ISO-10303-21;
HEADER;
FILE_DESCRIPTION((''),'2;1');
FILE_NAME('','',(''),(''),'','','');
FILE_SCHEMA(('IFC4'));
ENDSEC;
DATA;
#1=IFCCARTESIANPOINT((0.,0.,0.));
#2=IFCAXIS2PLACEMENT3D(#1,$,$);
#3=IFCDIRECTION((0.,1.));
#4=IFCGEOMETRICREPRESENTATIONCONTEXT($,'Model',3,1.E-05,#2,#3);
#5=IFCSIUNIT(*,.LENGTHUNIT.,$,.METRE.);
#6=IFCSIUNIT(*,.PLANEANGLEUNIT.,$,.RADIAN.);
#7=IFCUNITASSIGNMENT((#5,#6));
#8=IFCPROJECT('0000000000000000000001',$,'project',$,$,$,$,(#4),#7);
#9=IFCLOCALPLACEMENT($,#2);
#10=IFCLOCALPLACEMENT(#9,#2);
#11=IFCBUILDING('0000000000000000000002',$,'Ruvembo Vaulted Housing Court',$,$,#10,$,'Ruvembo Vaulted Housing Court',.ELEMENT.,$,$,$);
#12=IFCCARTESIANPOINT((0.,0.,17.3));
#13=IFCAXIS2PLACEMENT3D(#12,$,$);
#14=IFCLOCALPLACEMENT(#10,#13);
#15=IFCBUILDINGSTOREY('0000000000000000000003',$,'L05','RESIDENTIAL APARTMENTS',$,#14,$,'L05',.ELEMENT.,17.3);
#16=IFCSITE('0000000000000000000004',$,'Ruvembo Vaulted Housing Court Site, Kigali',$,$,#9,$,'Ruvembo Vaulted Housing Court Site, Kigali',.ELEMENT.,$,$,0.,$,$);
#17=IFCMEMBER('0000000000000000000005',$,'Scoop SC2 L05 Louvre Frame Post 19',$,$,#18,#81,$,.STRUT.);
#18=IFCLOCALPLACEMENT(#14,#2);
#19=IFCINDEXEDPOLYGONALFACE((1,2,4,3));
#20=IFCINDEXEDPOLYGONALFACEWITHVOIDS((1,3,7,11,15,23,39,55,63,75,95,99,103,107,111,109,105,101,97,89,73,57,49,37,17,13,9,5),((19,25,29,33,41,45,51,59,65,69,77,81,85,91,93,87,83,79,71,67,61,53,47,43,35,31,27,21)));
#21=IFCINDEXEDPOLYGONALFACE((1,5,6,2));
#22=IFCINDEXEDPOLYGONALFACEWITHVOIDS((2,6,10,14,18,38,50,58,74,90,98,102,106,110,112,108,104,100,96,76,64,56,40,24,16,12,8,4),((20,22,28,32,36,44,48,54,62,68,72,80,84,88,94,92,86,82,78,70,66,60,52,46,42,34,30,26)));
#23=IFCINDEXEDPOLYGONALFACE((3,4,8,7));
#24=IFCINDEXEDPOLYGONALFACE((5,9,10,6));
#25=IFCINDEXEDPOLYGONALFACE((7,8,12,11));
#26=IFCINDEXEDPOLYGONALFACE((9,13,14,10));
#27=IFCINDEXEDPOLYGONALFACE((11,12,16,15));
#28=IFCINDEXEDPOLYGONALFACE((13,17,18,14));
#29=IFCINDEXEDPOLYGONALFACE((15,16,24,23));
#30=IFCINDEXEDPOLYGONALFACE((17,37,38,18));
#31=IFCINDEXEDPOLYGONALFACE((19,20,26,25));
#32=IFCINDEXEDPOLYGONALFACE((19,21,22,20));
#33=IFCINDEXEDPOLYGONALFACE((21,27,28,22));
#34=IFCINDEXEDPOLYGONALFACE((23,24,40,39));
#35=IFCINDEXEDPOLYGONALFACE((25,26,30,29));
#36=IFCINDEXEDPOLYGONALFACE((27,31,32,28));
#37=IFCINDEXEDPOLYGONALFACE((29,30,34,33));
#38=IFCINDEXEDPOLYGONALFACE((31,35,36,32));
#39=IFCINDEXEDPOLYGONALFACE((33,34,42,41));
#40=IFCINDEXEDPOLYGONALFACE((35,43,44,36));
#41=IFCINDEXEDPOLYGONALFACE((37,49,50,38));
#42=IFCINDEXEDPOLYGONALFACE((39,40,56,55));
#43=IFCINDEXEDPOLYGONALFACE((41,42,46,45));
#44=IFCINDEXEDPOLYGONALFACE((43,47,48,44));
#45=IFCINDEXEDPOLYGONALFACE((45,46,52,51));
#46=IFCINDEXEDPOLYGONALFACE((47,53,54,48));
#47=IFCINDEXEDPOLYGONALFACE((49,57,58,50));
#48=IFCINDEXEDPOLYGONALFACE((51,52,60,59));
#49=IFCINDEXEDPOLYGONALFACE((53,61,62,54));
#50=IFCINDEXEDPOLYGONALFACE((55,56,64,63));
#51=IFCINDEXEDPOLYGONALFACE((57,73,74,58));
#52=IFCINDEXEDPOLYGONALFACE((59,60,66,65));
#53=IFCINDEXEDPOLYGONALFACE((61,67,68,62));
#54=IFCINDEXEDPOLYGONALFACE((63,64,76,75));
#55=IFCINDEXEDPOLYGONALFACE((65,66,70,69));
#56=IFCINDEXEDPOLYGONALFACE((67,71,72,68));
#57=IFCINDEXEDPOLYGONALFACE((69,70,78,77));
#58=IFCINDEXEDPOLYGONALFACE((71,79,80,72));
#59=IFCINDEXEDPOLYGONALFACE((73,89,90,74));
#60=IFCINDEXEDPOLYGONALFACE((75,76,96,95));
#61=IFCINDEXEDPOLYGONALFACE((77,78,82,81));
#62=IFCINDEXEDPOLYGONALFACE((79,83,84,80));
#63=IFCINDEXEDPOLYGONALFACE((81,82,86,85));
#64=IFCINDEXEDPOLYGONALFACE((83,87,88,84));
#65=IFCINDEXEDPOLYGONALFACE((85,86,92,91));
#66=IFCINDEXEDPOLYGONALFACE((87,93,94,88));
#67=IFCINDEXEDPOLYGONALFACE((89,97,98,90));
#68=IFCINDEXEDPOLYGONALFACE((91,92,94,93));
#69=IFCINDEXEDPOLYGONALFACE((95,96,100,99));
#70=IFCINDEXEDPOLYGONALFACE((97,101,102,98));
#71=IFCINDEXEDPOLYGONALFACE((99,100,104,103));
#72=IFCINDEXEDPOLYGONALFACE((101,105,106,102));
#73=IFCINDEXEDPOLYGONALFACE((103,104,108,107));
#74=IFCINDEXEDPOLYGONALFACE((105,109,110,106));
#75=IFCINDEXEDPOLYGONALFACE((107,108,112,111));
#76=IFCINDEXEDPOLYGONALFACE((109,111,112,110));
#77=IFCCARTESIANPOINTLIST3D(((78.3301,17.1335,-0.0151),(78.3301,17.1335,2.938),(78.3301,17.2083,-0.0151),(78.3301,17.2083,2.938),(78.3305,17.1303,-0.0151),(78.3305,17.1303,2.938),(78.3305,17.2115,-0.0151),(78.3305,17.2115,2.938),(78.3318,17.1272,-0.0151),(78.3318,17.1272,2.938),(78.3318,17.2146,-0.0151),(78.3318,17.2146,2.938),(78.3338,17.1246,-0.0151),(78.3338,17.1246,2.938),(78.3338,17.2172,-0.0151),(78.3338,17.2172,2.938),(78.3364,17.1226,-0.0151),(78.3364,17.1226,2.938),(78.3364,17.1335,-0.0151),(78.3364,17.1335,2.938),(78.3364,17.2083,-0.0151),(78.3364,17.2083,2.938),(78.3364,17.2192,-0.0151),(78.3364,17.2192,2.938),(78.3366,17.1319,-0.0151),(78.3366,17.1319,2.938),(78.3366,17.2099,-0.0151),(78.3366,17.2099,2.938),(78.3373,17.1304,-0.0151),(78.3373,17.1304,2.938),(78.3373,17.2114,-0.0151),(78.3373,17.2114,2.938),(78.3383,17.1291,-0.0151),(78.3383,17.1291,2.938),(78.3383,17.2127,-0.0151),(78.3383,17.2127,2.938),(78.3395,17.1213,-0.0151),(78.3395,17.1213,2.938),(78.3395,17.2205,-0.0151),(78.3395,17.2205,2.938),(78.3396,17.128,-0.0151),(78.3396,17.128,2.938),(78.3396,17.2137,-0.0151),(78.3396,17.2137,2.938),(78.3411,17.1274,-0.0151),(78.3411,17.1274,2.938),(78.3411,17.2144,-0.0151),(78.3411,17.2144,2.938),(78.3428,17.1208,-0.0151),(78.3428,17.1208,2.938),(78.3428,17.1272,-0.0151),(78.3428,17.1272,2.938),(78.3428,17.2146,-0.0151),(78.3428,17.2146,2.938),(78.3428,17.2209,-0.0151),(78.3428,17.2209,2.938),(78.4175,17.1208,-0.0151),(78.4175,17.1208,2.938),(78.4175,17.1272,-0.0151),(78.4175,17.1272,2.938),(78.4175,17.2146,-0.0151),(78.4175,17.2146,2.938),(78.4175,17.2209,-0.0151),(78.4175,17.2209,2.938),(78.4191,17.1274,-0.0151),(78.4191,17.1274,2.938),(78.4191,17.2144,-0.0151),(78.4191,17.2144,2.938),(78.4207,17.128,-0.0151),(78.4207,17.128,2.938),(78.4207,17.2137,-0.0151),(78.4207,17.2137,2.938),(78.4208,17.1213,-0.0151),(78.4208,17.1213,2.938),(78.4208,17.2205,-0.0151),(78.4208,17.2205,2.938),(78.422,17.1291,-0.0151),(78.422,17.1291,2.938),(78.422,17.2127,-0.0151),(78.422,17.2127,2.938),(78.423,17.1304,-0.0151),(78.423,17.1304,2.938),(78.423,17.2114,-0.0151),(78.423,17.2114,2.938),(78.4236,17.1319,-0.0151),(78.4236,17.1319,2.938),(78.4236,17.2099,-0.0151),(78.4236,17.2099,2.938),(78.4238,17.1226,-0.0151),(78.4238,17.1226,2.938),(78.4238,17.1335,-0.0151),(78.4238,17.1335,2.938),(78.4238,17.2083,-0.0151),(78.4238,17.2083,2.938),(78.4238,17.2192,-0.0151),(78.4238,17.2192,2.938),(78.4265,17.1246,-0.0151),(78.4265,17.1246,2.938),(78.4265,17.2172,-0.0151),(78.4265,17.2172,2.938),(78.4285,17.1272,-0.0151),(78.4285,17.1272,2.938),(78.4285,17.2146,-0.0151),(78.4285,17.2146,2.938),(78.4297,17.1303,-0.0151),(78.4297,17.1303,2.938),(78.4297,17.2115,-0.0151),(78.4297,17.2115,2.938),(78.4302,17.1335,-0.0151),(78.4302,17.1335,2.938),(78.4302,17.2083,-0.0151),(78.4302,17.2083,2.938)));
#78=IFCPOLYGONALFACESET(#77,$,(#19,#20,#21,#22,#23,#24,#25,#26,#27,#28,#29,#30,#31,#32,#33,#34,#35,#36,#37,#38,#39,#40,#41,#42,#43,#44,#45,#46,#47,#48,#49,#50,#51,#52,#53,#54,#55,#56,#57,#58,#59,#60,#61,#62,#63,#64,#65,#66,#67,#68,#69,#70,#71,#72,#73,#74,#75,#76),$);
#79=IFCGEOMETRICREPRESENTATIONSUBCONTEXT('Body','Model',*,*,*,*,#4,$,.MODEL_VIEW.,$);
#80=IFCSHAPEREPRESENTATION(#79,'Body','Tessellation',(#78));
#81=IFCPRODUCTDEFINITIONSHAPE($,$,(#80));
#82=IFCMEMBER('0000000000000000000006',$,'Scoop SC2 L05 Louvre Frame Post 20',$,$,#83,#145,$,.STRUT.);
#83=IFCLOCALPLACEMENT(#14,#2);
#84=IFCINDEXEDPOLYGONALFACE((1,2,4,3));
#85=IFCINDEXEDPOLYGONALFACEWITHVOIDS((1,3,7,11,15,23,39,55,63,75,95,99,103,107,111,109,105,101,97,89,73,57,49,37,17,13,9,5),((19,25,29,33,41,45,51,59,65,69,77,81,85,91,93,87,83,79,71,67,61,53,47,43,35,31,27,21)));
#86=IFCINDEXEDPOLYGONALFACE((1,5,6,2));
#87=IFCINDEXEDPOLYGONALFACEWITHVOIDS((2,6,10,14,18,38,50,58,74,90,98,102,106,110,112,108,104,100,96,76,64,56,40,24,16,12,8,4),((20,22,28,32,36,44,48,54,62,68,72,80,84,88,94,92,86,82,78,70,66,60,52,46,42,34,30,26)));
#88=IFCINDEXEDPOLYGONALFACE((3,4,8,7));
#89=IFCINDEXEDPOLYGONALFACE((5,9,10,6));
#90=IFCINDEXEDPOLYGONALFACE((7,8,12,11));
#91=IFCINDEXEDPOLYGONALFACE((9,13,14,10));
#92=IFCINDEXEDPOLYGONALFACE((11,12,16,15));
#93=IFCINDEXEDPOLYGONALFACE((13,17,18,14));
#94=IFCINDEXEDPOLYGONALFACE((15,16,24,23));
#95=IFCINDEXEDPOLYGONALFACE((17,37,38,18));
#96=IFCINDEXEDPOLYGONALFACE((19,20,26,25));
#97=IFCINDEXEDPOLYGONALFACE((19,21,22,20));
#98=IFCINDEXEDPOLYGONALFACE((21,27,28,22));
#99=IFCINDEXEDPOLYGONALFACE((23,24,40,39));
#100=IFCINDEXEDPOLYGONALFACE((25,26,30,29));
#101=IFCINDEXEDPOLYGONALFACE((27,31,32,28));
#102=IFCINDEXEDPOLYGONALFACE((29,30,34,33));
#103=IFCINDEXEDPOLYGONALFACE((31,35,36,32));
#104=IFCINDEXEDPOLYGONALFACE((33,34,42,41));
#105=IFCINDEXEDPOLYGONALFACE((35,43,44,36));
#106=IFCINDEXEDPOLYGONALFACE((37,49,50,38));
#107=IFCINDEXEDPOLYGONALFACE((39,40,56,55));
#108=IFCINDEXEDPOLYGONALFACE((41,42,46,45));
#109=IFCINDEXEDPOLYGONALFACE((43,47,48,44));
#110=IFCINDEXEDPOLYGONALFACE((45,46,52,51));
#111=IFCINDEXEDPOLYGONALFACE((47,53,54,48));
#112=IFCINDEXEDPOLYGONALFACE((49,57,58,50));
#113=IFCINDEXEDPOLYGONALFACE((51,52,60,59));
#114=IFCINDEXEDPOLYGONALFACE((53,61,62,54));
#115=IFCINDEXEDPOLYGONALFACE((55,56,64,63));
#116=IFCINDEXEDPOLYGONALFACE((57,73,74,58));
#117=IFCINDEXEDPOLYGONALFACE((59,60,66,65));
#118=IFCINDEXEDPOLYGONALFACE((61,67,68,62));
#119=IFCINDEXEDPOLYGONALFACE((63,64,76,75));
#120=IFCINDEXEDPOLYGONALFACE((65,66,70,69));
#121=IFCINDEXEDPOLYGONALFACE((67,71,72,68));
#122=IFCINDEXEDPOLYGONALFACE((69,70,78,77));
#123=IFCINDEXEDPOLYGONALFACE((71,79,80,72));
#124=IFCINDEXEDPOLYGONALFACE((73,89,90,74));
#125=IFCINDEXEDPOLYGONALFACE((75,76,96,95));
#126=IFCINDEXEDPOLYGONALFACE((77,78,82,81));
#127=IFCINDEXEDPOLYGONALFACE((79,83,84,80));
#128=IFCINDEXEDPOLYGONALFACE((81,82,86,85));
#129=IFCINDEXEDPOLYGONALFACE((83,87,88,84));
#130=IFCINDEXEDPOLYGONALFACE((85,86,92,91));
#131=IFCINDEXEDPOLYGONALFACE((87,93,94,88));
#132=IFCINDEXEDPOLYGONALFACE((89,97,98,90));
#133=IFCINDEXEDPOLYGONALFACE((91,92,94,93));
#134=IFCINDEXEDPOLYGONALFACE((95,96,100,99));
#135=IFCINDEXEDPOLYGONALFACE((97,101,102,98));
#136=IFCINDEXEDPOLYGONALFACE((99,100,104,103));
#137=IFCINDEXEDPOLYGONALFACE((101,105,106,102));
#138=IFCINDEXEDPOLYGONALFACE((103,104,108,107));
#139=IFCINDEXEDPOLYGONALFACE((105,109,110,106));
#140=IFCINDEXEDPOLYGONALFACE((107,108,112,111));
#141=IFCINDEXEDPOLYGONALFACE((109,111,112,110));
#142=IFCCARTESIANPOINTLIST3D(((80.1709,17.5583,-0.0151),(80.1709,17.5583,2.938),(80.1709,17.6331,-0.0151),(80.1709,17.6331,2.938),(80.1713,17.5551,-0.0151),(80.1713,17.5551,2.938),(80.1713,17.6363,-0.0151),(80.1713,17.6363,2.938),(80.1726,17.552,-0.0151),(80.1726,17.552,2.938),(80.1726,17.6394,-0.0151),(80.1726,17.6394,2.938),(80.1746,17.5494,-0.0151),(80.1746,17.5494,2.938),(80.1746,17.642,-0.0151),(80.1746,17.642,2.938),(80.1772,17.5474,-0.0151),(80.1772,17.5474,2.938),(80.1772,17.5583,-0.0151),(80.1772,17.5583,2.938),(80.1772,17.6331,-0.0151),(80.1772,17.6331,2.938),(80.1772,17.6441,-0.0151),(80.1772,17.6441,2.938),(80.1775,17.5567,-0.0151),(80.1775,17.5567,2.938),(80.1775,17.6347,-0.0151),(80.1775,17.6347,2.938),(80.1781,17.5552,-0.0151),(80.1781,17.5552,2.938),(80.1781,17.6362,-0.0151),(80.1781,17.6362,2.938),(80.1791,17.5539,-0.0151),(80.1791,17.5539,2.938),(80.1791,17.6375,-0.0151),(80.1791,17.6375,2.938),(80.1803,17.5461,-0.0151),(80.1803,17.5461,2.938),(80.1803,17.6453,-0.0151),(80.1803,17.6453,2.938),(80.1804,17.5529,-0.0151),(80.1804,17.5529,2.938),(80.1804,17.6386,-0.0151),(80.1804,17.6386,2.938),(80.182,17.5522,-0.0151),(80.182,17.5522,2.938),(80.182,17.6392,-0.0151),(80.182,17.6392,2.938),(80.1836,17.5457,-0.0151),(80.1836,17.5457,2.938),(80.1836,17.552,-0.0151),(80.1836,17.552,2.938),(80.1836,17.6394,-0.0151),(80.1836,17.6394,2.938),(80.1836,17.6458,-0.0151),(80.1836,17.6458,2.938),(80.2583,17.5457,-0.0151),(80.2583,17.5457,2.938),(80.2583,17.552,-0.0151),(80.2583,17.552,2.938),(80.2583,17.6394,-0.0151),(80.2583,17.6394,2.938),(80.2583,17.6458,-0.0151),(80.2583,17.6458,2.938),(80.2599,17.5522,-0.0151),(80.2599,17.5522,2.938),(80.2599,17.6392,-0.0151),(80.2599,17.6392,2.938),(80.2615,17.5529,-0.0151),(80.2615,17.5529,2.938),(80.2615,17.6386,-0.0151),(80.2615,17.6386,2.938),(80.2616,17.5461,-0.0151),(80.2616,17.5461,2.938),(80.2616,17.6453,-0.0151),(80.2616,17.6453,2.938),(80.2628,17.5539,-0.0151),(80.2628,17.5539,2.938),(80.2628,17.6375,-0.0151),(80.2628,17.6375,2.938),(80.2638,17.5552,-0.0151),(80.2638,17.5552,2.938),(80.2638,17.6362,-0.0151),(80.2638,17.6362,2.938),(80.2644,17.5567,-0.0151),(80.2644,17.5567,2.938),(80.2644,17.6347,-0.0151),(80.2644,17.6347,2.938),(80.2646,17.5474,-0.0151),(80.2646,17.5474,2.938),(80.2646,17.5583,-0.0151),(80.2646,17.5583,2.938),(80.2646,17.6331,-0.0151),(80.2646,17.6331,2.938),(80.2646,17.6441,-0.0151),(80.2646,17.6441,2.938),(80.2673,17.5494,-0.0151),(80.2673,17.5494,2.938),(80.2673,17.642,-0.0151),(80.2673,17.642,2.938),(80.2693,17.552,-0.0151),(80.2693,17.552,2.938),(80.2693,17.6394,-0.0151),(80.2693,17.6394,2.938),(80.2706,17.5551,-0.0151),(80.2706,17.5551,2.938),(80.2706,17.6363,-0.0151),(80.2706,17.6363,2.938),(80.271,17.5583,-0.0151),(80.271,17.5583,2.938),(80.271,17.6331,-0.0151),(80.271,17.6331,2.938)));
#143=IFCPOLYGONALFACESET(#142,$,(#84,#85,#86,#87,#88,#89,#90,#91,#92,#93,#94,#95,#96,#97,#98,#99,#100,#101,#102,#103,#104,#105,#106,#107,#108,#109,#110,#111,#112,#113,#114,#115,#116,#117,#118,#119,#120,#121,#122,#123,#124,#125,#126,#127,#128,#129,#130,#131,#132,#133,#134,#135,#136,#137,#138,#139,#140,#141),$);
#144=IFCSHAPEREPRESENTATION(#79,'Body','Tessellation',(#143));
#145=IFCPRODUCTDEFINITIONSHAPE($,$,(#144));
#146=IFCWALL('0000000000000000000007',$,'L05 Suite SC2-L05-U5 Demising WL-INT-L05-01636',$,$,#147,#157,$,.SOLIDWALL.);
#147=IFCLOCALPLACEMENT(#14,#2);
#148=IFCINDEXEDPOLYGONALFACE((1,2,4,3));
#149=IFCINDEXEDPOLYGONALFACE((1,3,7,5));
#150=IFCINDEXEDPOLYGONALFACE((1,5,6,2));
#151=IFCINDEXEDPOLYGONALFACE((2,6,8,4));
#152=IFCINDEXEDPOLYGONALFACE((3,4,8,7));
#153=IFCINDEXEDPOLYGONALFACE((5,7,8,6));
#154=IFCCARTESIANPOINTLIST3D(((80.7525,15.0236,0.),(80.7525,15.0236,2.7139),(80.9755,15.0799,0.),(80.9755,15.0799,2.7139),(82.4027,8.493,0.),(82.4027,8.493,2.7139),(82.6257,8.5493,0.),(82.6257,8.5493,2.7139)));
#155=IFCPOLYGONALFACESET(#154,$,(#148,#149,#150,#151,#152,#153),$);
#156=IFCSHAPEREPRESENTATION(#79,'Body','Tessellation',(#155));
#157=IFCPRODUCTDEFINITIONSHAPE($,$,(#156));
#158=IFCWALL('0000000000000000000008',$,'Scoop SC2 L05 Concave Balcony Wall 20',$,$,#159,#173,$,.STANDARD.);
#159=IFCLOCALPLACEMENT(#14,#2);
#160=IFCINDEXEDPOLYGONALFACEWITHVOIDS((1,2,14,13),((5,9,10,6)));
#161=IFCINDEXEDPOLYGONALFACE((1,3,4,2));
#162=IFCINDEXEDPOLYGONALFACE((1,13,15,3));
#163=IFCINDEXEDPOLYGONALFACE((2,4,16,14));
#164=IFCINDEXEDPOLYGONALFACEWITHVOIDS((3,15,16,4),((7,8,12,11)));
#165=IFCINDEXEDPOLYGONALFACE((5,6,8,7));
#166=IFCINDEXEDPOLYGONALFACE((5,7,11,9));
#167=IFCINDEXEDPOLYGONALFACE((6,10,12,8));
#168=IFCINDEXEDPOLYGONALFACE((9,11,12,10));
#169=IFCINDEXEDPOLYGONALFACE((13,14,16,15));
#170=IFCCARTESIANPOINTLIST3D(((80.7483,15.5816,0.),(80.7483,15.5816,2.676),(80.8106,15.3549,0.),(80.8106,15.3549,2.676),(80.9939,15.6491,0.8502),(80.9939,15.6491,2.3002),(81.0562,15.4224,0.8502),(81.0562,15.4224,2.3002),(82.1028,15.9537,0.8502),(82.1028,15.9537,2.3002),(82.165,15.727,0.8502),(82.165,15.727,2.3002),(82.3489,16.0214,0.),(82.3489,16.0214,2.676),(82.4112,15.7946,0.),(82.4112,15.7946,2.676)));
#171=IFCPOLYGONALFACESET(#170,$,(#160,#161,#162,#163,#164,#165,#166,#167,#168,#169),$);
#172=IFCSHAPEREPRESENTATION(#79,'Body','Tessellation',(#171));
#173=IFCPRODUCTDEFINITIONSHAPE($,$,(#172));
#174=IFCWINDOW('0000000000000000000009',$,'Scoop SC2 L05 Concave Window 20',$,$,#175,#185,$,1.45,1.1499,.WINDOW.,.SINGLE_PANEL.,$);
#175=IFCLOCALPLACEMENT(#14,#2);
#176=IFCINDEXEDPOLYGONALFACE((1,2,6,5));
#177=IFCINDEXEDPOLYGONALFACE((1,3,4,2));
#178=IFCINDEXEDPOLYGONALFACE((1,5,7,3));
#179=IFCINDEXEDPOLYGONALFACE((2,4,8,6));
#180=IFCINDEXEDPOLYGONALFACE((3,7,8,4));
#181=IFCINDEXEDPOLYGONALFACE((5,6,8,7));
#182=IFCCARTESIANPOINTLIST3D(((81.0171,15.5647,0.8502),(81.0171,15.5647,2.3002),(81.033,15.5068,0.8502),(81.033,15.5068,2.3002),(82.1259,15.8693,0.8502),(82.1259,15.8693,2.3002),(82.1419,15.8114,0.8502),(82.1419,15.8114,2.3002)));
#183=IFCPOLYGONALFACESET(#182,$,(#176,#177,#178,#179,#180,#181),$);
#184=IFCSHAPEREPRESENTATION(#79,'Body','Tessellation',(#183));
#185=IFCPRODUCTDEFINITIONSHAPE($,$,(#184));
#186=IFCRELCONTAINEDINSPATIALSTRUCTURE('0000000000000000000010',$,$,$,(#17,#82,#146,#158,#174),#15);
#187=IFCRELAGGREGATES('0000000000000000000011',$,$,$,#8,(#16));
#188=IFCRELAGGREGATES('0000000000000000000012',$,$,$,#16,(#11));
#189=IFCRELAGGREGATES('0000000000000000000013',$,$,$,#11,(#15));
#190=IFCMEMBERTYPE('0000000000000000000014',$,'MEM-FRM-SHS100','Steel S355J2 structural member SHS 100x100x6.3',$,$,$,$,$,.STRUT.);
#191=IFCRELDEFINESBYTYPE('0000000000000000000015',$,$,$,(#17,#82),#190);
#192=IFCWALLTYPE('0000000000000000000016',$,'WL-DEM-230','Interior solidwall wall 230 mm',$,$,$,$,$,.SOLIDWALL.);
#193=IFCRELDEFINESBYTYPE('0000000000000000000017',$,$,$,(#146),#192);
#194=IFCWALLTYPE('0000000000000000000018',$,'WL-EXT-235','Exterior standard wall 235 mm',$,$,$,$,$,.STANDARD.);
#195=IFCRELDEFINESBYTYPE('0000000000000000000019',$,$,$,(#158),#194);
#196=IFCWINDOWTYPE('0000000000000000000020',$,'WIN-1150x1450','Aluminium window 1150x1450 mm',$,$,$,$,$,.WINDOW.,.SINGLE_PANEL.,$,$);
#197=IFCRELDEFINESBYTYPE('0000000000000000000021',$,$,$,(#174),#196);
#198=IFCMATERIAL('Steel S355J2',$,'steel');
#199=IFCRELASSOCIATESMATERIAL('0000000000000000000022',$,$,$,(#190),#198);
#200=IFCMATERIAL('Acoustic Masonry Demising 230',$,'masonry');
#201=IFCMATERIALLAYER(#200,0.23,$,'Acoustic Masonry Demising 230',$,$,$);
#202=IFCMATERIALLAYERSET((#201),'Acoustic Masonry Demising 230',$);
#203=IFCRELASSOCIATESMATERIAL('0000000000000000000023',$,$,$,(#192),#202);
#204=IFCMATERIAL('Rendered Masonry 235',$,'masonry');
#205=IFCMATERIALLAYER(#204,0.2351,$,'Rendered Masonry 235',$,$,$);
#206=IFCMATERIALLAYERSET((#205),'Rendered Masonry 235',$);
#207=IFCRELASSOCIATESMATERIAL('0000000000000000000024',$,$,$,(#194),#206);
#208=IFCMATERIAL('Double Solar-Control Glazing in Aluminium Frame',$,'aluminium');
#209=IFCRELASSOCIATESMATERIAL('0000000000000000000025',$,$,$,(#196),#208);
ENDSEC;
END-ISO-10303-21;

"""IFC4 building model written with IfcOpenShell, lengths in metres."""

from ifc_helpers import new_model, si_unit, direction, frame, frame_2d, origin, origin_2d, place, context, subcontext, project, spatial, rectangle, hollow_rectangle, extrude, material, layer, layer_set, material_profile, profile_set, type_object, element, fill, save


model = new_model("IFC4")

# Units and contexts
model_context = context("Model", 3, precision=1e-05, world=origin(), true_north=direction((0.0, 1.0)))
body_context = subcontext(model_context, "Body", "Model", "MODEL_VIEW")
ifc_project = project(units=[si_unit("LENGTHUNIT", "METRE"), si_unit("PLANEANGLEUNIT", "RADIAN")], contexts=[model_context])

# Site, building, storey
site_placement = place(None, origin())
site = spatial("IfcSite", under=ifc_project, at=site_placement, Name="Ruvembo Vaulted Housing Court Site, Kigali", LongName="Ruvembo Vaulted Housing Court Site, Kigali", CompositionType="ELEMENT", RefElevation=0.0)
building_placement = place(site_placement, origin())
building = spatial("IfcBuilding", under=site, at=building_placement, Name="Ruvembo Vaulted Housing Court", LongName="Ruvembo Vaulted Housing Court", CompositionType="ELEMENT")
storey_placement = place(building_placement, frame((0.0, 0.0, 17.3)))
storey = spatial("IfcBuildingStorey", under=building, at=storey_placement, Name="L05", Description="RESIDENTIAL APARTMENTS", LongName="L05", CompositionType="ELEMENT", Elevation=17.3)

# Shared definitions
ifc_material_1 = material(Name="Steel S355J2", Category="steel")

# Members
ifc_material_profile_1 = material_profile(ifc_material_1, hollow_rectangle(XDim=0.1001, YDim=0.1001, WallThickness=0.0063, InnerFilletRadius=0.0063, OuterFilletRadius=0.0127, at=origin_2d()), Name="SHS 100x100x6.3")
ifc_profile_set_1 = profile_set([ifc_material_profile_1], Name="Steel S355J2")
member_type_1 = type_object("IfcMemberType", Name="MEM-FRM-SHS100", Description="Steel S355J2 structural member SHS 100x100x6.3", PredefinedType="STRUT", material=ifc_profile_set_1)
for number, where, z_axis, x_axis, name in (
    (1, (78.3801, 17.1709, -0.0151), (0.0, 0.0, 1.0), (1.0, 0.0, 0.0), "Scoop SC2 L05 Louvre Frame Post 19"),
    (2, (80.2209, 17.5957, -0.0151), (0.0, 0.0, 1.0), (1.0, 0.0, 0.0), "Scoop SC2 L05 Louvre Frame Post 20"),
):
    element("IfcMember", number, at=place(storey_placement, frame(where, z_axis=z_axis, x_axis=x_axis)), inside=storey, type_object=member_type_1, Name=name, PredefinedType="STRUT", context=body_context, shape_type="SweptSolid", body=[
        extrude(hollow_rectangle(XDim=0.1001, YDim=0.1001, WallThickness=0.0063, InnerFilletRadius=0.0063, OuterFilletRadius=0.0127, at=origin_2d()), origin(), (0.0, 0.0, 1.0), 2.9531),
    ])

# Wall
ifc_material_2 = material(Name="Acoustic Masonry Demising 230", Category="masonry")
ifc_layer_1 = layer(ifc_material_2, 0.23, Name="Acoustic Masonry Demising 230")
ifc_layer_set_1 = layer_set([ifc_layer_1], Name="Acoustic Masonry Demising 230")
wall_type_1 = type_object("IfcWallType", Name="WL-DEM-230", Description="Interior solidwall wall 230 mm", PredefinedType="SOLIDWALL", material=ifc_layer_set_1)
wall_1_placement = place(storey_placement, frame((80.864, 15.0518, 0.0), z_axis=(0.0, 0.0, 1.0), x_axis=(0.244982, -0.969528, 0.0)))
element("IfcWall", 3, at=wall_1_placement, inside=storey, type_object=wall_type_1, Name="L05 Suite SC2-L05-U5 Demising WL-INT-L05-01636", PredefinedType="SOLIDWALL", context=body_context, shape_type="SweptSolid", body=[
    extrude(rectangle(XDim=6.7358, YDim=0.23, at=frame_2d((3.3679, 0.0))), origin(), (0.0, 0.0, 1.0), 2.7139),
])

# Wall, opening, window
ifc_material_3 = material(Name="Rendered Masonry 235", Category="masonry")
ifc_layer_2 = layer(ifc_material_3, 0.2351, Name="Rendered Masonry 235")
ifc_layer_set_2 = layer_set([ifc_layer_2], Name="Rendered Masonry 235")
wall_type_2 = type_object("IfcWallType", Name="WL-EXT-235", Description="Exterior standard wall 235 mm", PredefinedType="STANDARD", material=ifc_layer_set_2)
wall_2_placement = place(storey_placement, frame((80.7793, 15.4683, 0.0), z_axis=(0.0, 0.0, 1.0), x_axis=(0.964277, 0.264897, 0.0)))
wall_2 = element("IfcWall", 4, at=wall_2_placement, inside=storey, type_object=wall_type_2, Name="Scoop SC2 L05 Concave Balcony Wall 20", PredefinedType="STANDARD", context=body_context, shape_type="SweptSolid", body=[
    extrude(rectangle(XDim=1.6599, YDim=0.2351, at=frame_2d((0.8301, 0.0))), origin(), (0.0, 0.0, 1.0), 2.676),
])
opening_1_placement = place(wall_2_placement, frame((0.2549, 0.0, 0.8501)))
opening_1 = element("IfcOpeningElement", 5, at=opening_1_placement, cuts=wall_2, PredefinedType="OPENING", context=body_context, shape_type="SweptSolid", body=[
    extrude(rectangle(XDim=1.1499, YDim=1.45, at=frame_2d((0.575, 0.7251))), frame((0.0, 0.1274, 0.0), z_axis=(0.0, -1.0, 0.0), x_axis=(1.0, 0.0, 0.0)), (0.0, 0.0, 1.0), 0.2551),
])
ifc_material_4 = material(Name="Double Solar-Control Glazing in Aluminium Frame", Category="aluminium")
window_type_1 = type_object("IfcWindowType", Name="WIN-1150x1450", Description="Aluminium window 1150x1450 mm", PartitioningType="SINGLE_PANEL", PredefinedType="WINDOW", material=ifc_material_4)
window_1_placement = place(opening_1_placement, origin())
window_1 = element("IfcWindow", 6, at=window_1_placement, inside=storey, type_object=window_type_1, Name="Scoop SC2 L05 Concave Window 20", OverallHeight=1.45, OverallWidth=1.1499, PartitioningType="SINGLE_PANEL", PredefinedType="WINDOW", context=body_context, shape_type="SweptSolid", body=[
    extrude(rectangle(XDim=1.1499, YDim=1.45, at=frame_2d((0.575, 0.7251))), frame((0.0, 0.03, 0.0), z_axis=(0.0, -1.0, 0.0), x_axis=(1.0, 0.0, 0.0)), (0.0, 0.0, 1.0), 0.0601),
])
fill(opening_1, window_1)

save(model, "model.ifc")
